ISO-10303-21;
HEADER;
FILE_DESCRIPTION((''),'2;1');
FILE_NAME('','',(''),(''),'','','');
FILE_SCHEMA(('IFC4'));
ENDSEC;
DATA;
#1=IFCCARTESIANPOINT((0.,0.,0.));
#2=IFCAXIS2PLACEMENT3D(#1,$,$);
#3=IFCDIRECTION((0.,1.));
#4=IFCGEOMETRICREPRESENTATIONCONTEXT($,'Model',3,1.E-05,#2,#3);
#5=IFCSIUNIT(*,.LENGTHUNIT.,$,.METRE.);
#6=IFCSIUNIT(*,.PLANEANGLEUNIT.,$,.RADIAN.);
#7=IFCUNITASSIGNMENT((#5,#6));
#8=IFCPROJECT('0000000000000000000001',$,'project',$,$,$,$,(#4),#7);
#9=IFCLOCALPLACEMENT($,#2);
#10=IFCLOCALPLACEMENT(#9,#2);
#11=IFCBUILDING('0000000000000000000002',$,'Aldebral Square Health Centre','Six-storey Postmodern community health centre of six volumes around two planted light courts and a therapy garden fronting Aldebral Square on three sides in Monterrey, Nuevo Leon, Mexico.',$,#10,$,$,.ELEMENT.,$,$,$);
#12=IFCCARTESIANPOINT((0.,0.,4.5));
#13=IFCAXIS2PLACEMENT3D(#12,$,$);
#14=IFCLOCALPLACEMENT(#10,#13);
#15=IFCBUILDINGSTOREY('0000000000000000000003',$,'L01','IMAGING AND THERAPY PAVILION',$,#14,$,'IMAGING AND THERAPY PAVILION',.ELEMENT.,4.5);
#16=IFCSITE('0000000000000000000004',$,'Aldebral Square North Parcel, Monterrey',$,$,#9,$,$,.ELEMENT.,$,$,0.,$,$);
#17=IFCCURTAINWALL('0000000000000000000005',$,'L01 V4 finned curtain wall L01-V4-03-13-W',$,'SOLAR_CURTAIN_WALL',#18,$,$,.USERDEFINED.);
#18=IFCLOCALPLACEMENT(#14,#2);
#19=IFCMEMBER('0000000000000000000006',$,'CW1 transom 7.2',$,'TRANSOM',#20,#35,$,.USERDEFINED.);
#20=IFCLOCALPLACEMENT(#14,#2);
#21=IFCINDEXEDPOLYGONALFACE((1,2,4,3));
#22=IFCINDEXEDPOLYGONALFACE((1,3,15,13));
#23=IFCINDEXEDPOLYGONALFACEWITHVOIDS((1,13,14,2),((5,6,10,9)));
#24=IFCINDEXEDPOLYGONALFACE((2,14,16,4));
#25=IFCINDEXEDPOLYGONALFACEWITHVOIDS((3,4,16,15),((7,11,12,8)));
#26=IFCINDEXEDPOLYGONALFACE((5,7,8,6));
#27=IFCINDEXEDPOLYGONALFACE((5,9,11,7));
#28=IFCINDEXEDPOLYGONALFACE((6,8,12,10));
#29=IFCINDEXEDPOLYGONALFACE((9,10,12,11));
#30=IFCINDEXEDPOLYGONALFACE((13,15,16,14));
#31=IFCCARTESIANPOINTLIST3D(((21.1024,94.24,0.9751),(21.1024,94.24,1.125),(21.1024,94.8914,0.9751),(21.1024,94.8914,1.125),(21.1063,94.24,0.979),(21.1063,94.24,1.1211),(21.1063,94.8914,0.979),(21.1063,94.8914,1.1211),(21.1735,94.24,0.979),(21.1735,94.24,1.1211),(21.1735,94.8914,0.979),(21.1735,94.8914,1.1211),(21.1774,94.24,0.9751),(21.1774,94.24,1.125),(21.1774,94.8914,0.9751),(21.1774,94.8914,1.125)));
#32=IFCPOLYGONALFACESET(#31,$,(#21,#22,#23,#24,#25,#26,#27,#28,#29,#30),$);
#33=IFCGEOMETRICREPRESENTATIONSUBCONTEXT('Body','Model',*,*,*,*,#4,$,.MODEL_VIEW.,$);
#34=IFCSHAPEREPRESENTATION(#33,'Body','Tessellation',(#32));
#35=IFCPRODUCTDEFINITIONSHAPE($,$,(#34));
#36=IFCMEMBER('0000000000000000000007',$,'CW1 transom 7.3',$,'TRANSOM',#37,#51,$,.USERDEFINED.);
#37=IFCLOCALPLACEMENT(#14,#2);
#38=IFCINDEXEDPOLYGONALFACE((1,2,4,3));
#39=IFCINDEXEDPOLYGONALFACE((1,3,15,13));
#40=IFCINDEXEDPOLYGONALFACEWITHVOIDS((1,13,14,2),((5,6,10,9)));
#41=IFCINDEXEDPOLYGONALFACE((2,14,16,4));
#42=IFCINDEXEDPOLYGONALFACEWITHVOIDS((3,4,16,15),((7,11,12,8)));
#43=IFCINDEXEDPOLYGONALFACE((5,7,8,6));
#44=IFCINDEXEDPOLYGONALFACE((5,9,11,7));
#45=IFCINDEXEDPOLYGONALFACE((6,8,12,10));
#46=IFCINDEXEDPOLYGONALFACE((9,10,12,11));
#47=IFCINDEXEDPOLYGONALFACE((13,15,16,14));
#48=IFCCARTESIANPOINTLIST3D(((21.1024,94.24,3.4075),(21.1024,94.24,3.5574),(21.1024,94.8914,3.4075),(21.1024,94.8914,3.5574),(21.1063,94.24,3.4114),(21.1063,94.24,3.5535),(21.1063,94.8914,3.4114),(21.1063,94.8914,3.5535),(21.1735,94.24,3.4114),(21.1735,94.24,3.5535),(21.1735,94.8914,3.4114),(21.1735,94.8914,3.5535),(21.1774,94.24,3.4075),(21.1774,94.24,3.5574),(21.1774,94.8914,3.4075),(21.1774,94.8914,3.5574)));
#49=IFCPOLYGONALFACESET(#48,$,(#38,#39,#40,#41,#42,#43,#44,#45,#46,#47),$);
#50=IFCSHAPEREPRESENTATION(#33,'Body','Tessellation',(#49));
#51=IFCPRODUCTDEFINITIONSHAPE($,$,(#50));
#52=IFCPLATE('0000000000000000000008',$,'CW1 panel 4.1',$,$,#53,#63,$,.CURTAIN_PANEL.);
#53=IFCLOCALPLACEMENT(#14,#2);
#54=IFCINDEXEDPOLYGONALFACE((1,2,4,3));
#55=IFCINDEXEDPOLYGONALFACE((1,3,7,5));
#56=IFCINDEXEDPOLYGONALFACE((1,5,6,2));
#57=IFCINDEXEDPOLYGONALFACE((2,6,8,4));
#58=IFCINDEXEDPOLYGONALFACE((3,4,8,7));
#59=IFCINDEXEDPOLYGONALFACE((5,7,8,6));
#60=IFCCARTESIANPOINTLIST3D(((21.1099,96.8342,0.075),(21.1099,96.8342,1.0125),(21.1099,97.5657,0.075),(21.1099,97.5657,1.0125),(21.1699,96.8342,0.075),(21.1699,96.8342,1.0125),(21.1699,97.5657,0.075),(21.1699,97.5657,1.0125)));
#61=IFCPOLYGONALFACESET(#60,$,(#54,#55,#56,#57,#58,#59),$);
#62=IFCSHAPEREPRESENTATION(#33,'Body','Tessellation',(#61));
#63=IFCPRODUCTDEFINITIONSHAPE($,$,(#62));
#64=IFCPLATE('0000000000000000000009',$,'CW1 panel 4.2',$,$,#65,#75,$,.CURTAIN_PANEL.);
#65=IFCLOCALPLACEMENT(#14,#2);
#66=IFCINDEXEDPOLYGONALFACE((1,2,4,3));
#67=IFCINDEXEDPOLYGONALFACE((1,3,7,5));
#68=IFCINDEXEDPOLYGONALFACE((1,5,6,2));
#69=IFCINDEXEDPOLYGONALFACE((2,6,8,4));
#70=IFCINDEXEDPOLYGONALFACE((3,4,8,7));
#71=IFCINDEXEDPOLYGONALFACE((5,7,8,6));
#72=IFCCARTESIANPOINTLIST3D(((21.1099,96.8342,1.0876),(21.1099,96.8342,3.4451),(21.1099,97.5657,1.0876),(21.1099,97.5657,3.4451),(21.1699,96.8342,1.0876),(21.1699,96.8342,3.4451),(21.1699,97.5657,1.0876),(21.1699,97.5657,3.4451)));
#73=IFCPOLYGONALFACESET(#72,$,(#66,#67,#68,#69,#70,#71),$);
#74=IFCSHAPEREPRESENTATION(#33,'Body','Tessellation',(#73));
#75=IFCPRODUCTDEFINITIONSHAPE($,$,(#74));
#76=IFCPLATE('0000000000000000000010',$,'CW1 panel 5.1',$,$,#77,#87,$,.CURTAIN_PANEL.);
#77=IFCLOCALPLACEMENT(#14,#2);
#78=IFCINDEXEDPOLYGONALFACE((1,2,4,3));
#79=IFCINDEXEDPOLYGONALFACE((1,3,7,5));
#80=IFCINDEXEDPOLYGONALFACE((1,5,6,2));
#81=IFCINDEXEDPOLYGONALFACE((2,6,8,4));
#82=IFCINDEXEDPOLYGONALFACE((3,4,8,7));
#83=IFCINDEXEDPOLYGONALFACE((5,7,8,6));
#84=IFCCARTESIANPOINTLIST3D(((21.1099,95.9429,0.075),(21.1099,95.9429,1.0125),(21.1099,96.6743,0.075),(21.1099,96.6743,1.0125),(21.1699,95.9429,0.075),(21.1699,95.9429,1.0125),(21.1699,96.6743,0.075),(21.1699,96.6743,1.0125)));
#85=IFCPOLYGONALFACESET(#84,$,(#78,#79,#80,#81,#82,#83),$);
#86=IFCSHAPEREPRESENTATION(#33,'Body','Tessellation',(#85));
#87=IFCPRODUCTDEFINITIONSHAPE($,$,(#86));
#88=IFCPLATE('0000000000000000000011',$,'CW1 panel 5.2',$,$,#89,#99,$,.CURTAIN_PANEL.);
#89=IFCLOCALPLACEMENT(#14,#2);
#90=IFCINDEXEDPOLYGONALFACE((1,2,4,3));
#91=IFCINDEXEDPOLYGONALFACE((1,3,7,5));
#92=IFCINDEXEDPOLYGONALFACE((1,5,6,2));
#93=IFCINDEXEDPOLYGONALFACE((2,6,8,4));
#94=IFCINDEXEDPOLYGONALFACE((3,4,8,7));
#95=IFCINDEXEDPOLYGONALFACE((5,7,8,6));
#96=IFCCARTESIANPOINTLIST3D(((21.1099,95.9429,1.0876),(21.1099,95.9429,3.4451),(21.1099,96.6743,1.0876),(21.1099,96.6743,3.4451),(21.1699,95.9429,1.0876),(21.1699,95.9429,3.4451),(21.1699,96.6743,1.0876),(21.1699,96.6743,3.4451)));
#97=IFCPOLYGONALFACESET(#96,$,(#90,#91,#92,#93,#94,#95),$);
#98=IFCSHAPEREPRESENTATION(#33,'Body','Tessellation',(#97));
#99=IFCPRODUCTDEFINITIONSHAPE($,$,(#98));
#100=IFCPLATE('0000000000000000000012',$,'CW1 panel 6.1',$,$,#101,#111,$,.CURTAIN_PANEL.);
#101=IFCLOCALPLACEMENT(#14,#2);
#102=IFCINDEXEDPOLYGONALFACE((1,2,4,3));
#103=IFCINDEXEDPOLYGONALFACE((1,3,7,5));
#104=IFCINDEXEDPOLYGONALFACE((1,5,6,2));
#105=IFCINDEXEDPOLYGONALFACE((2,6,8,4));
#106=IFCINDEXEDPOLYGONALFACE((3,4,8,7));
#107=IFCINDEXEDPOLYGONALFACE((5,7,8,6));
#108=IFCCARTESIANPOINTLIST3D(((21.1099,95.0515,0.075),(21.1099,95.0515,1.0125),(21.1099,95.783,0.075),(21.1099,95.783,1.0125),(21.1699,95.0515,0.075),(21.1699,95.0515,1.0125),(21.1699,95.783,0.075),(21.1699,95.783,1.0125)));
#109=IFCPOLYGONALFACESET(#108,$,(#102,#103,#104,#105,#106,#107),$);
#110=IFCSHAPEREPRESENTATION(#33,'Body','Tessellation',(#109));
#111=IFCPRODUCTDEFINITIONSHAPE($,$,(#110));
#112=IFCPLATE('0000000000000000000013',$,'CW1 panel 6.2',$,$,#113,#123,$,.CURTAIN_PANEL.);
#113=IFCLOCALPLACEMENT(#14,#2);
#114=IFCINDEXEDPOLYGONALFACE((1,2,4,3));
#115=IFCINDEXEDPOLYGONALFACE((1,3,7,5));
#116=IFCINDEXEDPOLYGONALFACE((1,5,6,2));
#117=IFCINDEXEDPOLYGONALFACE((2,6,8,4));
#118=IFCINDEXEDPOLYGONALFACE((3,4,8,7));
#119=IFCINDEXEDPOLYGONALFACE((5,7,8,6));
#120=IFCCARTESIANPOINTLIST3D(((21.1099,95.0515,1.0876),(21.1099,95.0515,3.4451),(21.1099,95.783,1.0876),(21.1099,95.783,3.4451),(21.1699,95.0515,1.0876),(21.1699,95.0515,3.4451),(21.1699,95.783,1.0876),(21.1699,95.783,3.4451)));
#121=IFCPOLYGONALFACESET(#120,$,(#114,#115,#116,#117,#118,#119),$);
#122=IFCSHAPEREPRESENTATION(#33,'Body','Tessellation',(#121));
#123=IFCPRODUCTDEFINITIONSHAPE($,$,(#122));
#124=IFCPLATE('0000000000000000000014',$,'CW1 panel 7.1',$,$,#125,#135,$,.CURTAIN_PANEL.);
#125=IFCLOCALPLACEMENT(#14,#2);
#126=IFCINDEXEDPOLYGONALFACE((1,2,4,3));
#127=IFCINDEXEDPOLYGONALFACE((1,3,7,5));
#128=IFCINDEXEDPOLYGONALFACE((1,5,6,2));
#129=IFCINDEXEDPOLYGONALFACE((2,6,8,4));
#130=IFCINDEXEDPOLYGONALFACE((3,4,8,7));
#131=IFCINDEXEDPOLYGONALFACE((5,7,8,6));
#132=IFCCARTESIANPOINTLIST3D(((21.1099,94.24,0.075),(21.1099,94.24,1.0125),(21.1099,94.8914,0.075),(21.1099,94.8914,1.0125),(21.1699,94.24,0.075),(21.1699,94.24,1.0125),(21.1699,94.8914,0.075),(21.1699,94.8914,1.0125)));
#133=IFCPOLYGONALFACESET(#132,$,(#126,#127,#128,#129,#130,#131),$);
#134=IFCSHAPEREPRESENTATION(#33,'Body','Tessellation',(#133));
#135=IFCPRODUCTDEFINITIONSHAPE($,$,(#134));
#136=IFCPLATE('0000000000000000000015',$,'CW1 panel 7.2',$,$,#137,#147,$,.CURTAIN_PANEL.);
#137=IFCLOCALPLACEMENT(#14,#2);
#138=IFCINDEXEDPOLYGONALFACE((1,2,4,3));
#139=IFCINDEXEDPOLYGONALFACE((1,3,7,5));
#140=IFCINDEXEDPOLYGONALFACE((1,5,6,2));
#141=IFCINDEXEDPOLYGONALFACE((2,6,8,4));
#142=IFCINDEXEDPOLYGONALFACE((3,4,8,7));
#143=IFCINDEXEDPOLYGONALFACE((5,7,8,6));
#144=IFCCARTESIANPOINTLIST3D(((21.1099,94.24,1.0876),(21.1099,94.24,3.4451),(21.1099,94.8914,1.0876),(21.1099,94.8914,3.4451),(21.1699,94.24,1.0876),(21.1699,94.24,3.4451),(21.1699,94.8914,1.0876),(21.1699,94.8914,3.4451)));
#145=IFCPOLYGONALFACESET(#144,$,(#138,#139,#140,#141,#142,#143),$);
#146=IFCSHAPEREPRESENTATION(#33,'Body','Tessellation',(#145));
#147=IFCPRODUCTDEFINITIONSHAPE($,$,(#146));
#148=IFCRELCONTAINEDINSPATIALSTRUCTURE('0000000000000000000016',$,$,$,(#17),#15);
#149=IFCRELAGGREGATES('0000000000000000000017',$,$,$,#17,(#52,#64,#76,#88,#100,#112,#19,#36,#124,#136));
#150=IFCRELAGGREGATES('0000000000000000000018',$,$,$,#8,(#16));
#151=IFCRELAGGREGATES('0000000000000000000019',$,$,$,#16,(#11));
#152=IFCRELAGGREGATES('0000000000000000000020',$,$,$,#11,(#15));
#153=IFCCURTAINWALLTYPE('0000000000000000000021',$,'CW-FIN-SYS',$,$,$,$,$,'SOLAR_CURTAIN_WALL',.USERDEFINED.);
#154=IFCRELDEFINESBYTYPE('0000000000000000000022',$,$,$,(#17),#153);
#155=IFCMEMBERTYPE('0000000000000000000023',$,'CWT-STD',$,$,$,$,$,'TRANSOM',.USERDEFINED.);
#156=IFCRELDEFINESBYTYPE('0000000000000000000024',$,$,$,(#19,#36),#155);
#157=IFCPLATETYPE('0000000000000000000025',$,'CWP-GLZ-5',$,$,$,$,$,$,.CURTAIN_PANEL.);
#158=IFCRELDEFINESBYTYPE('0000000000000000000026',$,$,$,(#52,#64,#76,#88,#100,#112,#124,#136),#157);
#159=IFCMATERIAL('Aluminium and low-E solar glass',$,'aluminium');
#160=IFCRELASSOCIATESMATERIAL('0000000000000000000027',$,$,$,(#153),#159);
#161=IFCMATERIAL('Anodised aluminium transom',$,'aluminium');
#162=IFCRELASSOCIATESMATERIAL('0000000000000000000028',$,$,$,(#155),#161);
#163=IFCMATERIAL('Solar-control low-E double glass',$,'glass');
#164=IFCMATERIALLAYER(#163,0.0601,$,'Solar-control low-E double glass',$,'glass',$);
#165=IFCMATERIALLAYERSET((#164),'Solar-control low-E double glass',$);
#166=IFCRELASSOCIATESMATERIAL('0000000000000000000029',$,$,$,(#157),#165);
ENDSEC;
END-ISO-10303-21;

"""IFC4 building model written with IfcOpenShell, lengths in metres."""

from ifc_helpers import new_model, si_unit, direction, frame, origin, origin_2d, place, context, subcontext, project, spatial, rectangle, hollow_rectangle, extrude, material, layer, layer_set, material_profile, profile_set, type_object, element, aggregate, save


model = new_model("IFC4")

# Units and contexts
model_context = context("Model", 3, precision=1e-05, world=origin(), true_north=direction((0.0, 1.0)))
body_context = subcontext(model_context, "Body", "Model", "MODEL_VIEW")
ifc_project = project(units=[si_unit("LENGTHUNIT", "METRE"), si_unit("PLANEANGLEUNIT", "RADIAN")], contexts=[model_context])

# Site, building, storey
site_placement = place(None, origin())
site = spatial("IfcSite", under=ifc_project, at=site_placement, Name="Aldebral Square North Parcel, Monterrey", CompositionType="ELEMENT", RefElevation=0.0)
building_placement = place(site_placement, origin())
building = spatial("IfcBuilding", under=site, at=building_placement, Name="Aldebral Square Health Centre", Description="Six-storey Postmodern community health centre of six volumes around two planted light courts and a therapy garden fronting Aldebral Square on three sides in Monterrey, Nuevo Leon, Mexico.", CompositionType="ELEMENT")
storey_placement = place(building_placement, frame((0.0, 0.0, 4.5)))
storey = spatial("IfcBuildingStorey", under=building, at=storey_placement, Name="L01", Description="IMAGING AND THERAPY PAVILION", LongName="IMAGING AND THERAPY PAVILION", CompositionType="ELEMENT", Elevation=4.5)

# Curtain wall, members, plates
ifc_material_1 = material(Name="Aluminium and low-E solar glass", Category="aluminium")
curtain_wall_type = type_object("IfcCurtainWallType", Name="CW-FIN-SYS", ElementType="SOLAR_CURTAIN_WALL", PredefinedType="USERDEFINED", material=ifc_material_1)
curtain_wall_placement = place(storey_placement, origin())
curtain_wall = element("IfcCurtainWall", 1, at=curtain_wall_placement, inside=storey, type_object=curtain_wall_type, Name="L01 V4 finned curtain wall L01-V4-03-13-W", ObjectType="SOLAR_CURTAIN_WALL", PredefinedType="USERDEFINED")
ifc_material_2 = material(Name="Anodised aluminium transom", Category="aluminium")
ifc_material_profile_1 = material_profile(ifc_material_2, hollow_rectangle(XDim=0.075, YDim=0.1499, WallThickness=0.0039, at=origin_2d()), Name="CWT 75x150x4")
ifc_profile_set_1 = profile_set([ifc_material_profile_1], Name="Anodised aluminium transom")
member_type_1 = type_object("IfcMemberType", Name="CWT-STD", ElementType="TRANSOM", PredefinedType="USERDEFINED", material=ifc_profile_set_1)
member_1_placement = place(storey_placement, frame((21.1399, 94.8914, 1.05), z_axis=(0.0, -1.0, 0.0), x_axis=(1.0, 0.0, 0.0)))
member_1 = element("IfcMember", 2, at=member_1_placement, type_object=member_type_1, Name="CW1 transom 7.2", ObjectType="TRANSOM", PredefinedType="USERDEFINED", context=body_context, shape_type="SweptSolid", body=[
    extrude(hollow_rectangle(XDim=0.075, YDim=0.1499, WallThickness=0.0039, at=origin_2d()), origin(), (0.0, 0.0, 1.0), 0.6514),
])
member_2_placement = place(storey_placement, frame((21.1399, 94.8914, 3.4824), z_axis=(0.0, -1.0, 0.0), x_axis=(1.0, 0.0, 0.0)))
member_2 = element("IfcMember", 3, at=member_2_placement, type_object=member_type_1, Name="CW1 transom 7.3", ObjectType="TRANSOM", PredefinedType="USERDEFINED", context=body_context, shape_type="SweptSolid", body=[
    extrude(hollow_rectangle(XDim=0.075, YDim=0.1499, WallThickness=0.0039, at=origin_2d()), origin(), (0.0, 0.0, 1.0), 0.6514),
])
ifc_material_3 = material(Name="Solar-control low-E double glass", Category="glass")
ifc_layer = layer(ifc_material_3, 0.0601, Name="Solar-control low-E double glass", Category="glass")
ifc_layer_set = layer_set([ifc_layer], Name="Solar-control low-E double glass")
plate_type = type_object("IfcPlateType", Name="CWP-GLZ-5", PredefinedType="CURTAIN_PANEL", material=ifc_layer_set)
plate_1_placement = place(storey_placement, frame((21.1399, 97.2, 0.075), z_axis=(0.0, 0.0, 1.0), x_axis=(0.0, -1.0, 0.0)))
plate_1 = element("IfcPlate", 4, at=plate_1_placement, type_object=plate_type, Name="CW1 panel 4.1", PredefinedType="CURTAIN_PANEL", context=body_context, shape_type="SweptSolid", body=[
    extrude(rectangle(XDim=0.7314, YDim=0.0601, at=origin_2d()), origin(), (0.0, 0.0, 1.0), 0.9375),
])
plate_2_placement = place(storey_placement, frame((21.1399, 97.2, 1.0876), z_axis=(0.0, 0.0, 1.0), x_axis=(0.0, -1.0, 0.0)))
plate_2 = element("IfcPlate", 5, at=plate_2_placement, type_object=plate_type, Name="CW1 panel 4.2", PredefinedType="CURTAIN_PANEL", context=body_context, shape_type="SweptSolid", body=[
    extrude(rectangle(XDim=0.7314, YDim=0.0601, at=origin_2d()), origin(), (0.0, 0.0, 1.0), 2.3574),
])
plate_3_placement = place(storey_placement, frame((21.1399, 96.3086, 0.075), z_axis=(0.0, 0.0, 1.0), x_axis=(0.0, -1.0, 0.0)))
plate_3 = element("IfcPlate", 6, at=plate_3_placement, type_object=plate_type, Name="CW1 panel 5.1", PredefinedType="CURTAIN_PANEL", context=body_context, shape_type="SweptSolid", body=[
    extrude(rectangle(XDim=0.7314, YDim=0.0601, at=origin_2d()), origin(), (0.0, 0.0, 1.0), 0.9375),
])
plate_4_placement = place(storey_placement, frame((21.1399, 96.3086, 1.0876), z_axis=(0.0, 0.0, 1.0), x_axis=(0.0, -1.0, 0.0)))
plate_4 = element("IfcPlate", 7, at=plate_4_placement, type_object=plate_type, Name="CW1 panel 5.2", PredefinedType="CURTAIN_PANEL", context=body_context, shape_type="SweptSolid", body=[
    extrude(rectangle(XDim=0.7314, YDim=0.0601, at=origin_2d()), origin(), (0.0, 0.0, 1.0), 2.3574),
])
plate_5_placement = place(storey_placement, frame((21.1399, 95.4172, 0.075), z_axis=(0.0, 0.0, 1.0), x_axis=(0.0, -1.0, 0.0)))
plate_5 = element("IfcPlate", 8, at=plate_5_placement, type_object=plate_type, Name="CW1 panel 6.1", PredefinedType="CURTAIN_PANEL", context=body_context, shape_type="SweptSolid", body=[
    extrude(rectangle(XDim=0.7314, YDim=0.0601, at=origin_2d()), origin(), (0.0, 0.0, 1.0), 0.9375),
])
plate_6_placement = place(storey_placement, frame((21.1399, 95.4172, 1.0876), z_axis=(0.0, 0.0, 1.0), x_axis=(0.0, -1.0, 0.0)))
plate_6 = element("IfcPlate", 9, at=plate_6_placement, type_object=plate_type, Name="CW1 panel 6.2", PredefinedType="CURTAIN_PANEL", context=body_context, shape_type="SweptSolid", body=[
    extrude(rectangle(XDim=0.7314, YDim=0.0601, at=origin_2d()), origin(), (0.0, 0.0, 1.0), 2.3574),
])
plate_7_placement = place(storey_placement, frame((21.1399, 94.5657, 0.075), z_axis=(0.0, 0.0, 1.0), x_axis=(0.0, -1.0, 0.0)))
plate_7 = element("IfcPlate", 10, at=plate_7_placement, type_object=plate_type, Name="CW1 panel 7.1", PredefinedType="CURTAIN_PANEL", context=body_context, shape_type="SweptSolid", body=[
    extrude(rectangle(XDim=0.6514, YDim=0.0601, at=origin_2d()), origin(), (0.0, 0.0, 1.0), 0.9375),
])
plate_8_placement = place(storey_placement, frame((21.1399, 94.5657, 1.0876), z_axis=(0.0, 0.0, 1.0), x_axis=(0.0, -1.0, 0.0)))
plate_8 = element("IfcPlate", 11, at=plate_8_placement, type_object=plate_type, Name="CW1 panel 7.2", PredefinedType="CURTAIN_PANEL", context=body_context, shape_type="SweptSolid", body=[
    extrude(rectangle(XDim=0.6514, YDim=0.0601, at=origin_2d()), origin(), (0.0, 0.0, 1.0), 2.3574),
])
aggregate(curtain_wall, [plate_1, plate_2, plate_3, plate_4, plate_5, plate_6, member_1, member_2, plate_7, plate_8])

save(model, "model.ifc")
